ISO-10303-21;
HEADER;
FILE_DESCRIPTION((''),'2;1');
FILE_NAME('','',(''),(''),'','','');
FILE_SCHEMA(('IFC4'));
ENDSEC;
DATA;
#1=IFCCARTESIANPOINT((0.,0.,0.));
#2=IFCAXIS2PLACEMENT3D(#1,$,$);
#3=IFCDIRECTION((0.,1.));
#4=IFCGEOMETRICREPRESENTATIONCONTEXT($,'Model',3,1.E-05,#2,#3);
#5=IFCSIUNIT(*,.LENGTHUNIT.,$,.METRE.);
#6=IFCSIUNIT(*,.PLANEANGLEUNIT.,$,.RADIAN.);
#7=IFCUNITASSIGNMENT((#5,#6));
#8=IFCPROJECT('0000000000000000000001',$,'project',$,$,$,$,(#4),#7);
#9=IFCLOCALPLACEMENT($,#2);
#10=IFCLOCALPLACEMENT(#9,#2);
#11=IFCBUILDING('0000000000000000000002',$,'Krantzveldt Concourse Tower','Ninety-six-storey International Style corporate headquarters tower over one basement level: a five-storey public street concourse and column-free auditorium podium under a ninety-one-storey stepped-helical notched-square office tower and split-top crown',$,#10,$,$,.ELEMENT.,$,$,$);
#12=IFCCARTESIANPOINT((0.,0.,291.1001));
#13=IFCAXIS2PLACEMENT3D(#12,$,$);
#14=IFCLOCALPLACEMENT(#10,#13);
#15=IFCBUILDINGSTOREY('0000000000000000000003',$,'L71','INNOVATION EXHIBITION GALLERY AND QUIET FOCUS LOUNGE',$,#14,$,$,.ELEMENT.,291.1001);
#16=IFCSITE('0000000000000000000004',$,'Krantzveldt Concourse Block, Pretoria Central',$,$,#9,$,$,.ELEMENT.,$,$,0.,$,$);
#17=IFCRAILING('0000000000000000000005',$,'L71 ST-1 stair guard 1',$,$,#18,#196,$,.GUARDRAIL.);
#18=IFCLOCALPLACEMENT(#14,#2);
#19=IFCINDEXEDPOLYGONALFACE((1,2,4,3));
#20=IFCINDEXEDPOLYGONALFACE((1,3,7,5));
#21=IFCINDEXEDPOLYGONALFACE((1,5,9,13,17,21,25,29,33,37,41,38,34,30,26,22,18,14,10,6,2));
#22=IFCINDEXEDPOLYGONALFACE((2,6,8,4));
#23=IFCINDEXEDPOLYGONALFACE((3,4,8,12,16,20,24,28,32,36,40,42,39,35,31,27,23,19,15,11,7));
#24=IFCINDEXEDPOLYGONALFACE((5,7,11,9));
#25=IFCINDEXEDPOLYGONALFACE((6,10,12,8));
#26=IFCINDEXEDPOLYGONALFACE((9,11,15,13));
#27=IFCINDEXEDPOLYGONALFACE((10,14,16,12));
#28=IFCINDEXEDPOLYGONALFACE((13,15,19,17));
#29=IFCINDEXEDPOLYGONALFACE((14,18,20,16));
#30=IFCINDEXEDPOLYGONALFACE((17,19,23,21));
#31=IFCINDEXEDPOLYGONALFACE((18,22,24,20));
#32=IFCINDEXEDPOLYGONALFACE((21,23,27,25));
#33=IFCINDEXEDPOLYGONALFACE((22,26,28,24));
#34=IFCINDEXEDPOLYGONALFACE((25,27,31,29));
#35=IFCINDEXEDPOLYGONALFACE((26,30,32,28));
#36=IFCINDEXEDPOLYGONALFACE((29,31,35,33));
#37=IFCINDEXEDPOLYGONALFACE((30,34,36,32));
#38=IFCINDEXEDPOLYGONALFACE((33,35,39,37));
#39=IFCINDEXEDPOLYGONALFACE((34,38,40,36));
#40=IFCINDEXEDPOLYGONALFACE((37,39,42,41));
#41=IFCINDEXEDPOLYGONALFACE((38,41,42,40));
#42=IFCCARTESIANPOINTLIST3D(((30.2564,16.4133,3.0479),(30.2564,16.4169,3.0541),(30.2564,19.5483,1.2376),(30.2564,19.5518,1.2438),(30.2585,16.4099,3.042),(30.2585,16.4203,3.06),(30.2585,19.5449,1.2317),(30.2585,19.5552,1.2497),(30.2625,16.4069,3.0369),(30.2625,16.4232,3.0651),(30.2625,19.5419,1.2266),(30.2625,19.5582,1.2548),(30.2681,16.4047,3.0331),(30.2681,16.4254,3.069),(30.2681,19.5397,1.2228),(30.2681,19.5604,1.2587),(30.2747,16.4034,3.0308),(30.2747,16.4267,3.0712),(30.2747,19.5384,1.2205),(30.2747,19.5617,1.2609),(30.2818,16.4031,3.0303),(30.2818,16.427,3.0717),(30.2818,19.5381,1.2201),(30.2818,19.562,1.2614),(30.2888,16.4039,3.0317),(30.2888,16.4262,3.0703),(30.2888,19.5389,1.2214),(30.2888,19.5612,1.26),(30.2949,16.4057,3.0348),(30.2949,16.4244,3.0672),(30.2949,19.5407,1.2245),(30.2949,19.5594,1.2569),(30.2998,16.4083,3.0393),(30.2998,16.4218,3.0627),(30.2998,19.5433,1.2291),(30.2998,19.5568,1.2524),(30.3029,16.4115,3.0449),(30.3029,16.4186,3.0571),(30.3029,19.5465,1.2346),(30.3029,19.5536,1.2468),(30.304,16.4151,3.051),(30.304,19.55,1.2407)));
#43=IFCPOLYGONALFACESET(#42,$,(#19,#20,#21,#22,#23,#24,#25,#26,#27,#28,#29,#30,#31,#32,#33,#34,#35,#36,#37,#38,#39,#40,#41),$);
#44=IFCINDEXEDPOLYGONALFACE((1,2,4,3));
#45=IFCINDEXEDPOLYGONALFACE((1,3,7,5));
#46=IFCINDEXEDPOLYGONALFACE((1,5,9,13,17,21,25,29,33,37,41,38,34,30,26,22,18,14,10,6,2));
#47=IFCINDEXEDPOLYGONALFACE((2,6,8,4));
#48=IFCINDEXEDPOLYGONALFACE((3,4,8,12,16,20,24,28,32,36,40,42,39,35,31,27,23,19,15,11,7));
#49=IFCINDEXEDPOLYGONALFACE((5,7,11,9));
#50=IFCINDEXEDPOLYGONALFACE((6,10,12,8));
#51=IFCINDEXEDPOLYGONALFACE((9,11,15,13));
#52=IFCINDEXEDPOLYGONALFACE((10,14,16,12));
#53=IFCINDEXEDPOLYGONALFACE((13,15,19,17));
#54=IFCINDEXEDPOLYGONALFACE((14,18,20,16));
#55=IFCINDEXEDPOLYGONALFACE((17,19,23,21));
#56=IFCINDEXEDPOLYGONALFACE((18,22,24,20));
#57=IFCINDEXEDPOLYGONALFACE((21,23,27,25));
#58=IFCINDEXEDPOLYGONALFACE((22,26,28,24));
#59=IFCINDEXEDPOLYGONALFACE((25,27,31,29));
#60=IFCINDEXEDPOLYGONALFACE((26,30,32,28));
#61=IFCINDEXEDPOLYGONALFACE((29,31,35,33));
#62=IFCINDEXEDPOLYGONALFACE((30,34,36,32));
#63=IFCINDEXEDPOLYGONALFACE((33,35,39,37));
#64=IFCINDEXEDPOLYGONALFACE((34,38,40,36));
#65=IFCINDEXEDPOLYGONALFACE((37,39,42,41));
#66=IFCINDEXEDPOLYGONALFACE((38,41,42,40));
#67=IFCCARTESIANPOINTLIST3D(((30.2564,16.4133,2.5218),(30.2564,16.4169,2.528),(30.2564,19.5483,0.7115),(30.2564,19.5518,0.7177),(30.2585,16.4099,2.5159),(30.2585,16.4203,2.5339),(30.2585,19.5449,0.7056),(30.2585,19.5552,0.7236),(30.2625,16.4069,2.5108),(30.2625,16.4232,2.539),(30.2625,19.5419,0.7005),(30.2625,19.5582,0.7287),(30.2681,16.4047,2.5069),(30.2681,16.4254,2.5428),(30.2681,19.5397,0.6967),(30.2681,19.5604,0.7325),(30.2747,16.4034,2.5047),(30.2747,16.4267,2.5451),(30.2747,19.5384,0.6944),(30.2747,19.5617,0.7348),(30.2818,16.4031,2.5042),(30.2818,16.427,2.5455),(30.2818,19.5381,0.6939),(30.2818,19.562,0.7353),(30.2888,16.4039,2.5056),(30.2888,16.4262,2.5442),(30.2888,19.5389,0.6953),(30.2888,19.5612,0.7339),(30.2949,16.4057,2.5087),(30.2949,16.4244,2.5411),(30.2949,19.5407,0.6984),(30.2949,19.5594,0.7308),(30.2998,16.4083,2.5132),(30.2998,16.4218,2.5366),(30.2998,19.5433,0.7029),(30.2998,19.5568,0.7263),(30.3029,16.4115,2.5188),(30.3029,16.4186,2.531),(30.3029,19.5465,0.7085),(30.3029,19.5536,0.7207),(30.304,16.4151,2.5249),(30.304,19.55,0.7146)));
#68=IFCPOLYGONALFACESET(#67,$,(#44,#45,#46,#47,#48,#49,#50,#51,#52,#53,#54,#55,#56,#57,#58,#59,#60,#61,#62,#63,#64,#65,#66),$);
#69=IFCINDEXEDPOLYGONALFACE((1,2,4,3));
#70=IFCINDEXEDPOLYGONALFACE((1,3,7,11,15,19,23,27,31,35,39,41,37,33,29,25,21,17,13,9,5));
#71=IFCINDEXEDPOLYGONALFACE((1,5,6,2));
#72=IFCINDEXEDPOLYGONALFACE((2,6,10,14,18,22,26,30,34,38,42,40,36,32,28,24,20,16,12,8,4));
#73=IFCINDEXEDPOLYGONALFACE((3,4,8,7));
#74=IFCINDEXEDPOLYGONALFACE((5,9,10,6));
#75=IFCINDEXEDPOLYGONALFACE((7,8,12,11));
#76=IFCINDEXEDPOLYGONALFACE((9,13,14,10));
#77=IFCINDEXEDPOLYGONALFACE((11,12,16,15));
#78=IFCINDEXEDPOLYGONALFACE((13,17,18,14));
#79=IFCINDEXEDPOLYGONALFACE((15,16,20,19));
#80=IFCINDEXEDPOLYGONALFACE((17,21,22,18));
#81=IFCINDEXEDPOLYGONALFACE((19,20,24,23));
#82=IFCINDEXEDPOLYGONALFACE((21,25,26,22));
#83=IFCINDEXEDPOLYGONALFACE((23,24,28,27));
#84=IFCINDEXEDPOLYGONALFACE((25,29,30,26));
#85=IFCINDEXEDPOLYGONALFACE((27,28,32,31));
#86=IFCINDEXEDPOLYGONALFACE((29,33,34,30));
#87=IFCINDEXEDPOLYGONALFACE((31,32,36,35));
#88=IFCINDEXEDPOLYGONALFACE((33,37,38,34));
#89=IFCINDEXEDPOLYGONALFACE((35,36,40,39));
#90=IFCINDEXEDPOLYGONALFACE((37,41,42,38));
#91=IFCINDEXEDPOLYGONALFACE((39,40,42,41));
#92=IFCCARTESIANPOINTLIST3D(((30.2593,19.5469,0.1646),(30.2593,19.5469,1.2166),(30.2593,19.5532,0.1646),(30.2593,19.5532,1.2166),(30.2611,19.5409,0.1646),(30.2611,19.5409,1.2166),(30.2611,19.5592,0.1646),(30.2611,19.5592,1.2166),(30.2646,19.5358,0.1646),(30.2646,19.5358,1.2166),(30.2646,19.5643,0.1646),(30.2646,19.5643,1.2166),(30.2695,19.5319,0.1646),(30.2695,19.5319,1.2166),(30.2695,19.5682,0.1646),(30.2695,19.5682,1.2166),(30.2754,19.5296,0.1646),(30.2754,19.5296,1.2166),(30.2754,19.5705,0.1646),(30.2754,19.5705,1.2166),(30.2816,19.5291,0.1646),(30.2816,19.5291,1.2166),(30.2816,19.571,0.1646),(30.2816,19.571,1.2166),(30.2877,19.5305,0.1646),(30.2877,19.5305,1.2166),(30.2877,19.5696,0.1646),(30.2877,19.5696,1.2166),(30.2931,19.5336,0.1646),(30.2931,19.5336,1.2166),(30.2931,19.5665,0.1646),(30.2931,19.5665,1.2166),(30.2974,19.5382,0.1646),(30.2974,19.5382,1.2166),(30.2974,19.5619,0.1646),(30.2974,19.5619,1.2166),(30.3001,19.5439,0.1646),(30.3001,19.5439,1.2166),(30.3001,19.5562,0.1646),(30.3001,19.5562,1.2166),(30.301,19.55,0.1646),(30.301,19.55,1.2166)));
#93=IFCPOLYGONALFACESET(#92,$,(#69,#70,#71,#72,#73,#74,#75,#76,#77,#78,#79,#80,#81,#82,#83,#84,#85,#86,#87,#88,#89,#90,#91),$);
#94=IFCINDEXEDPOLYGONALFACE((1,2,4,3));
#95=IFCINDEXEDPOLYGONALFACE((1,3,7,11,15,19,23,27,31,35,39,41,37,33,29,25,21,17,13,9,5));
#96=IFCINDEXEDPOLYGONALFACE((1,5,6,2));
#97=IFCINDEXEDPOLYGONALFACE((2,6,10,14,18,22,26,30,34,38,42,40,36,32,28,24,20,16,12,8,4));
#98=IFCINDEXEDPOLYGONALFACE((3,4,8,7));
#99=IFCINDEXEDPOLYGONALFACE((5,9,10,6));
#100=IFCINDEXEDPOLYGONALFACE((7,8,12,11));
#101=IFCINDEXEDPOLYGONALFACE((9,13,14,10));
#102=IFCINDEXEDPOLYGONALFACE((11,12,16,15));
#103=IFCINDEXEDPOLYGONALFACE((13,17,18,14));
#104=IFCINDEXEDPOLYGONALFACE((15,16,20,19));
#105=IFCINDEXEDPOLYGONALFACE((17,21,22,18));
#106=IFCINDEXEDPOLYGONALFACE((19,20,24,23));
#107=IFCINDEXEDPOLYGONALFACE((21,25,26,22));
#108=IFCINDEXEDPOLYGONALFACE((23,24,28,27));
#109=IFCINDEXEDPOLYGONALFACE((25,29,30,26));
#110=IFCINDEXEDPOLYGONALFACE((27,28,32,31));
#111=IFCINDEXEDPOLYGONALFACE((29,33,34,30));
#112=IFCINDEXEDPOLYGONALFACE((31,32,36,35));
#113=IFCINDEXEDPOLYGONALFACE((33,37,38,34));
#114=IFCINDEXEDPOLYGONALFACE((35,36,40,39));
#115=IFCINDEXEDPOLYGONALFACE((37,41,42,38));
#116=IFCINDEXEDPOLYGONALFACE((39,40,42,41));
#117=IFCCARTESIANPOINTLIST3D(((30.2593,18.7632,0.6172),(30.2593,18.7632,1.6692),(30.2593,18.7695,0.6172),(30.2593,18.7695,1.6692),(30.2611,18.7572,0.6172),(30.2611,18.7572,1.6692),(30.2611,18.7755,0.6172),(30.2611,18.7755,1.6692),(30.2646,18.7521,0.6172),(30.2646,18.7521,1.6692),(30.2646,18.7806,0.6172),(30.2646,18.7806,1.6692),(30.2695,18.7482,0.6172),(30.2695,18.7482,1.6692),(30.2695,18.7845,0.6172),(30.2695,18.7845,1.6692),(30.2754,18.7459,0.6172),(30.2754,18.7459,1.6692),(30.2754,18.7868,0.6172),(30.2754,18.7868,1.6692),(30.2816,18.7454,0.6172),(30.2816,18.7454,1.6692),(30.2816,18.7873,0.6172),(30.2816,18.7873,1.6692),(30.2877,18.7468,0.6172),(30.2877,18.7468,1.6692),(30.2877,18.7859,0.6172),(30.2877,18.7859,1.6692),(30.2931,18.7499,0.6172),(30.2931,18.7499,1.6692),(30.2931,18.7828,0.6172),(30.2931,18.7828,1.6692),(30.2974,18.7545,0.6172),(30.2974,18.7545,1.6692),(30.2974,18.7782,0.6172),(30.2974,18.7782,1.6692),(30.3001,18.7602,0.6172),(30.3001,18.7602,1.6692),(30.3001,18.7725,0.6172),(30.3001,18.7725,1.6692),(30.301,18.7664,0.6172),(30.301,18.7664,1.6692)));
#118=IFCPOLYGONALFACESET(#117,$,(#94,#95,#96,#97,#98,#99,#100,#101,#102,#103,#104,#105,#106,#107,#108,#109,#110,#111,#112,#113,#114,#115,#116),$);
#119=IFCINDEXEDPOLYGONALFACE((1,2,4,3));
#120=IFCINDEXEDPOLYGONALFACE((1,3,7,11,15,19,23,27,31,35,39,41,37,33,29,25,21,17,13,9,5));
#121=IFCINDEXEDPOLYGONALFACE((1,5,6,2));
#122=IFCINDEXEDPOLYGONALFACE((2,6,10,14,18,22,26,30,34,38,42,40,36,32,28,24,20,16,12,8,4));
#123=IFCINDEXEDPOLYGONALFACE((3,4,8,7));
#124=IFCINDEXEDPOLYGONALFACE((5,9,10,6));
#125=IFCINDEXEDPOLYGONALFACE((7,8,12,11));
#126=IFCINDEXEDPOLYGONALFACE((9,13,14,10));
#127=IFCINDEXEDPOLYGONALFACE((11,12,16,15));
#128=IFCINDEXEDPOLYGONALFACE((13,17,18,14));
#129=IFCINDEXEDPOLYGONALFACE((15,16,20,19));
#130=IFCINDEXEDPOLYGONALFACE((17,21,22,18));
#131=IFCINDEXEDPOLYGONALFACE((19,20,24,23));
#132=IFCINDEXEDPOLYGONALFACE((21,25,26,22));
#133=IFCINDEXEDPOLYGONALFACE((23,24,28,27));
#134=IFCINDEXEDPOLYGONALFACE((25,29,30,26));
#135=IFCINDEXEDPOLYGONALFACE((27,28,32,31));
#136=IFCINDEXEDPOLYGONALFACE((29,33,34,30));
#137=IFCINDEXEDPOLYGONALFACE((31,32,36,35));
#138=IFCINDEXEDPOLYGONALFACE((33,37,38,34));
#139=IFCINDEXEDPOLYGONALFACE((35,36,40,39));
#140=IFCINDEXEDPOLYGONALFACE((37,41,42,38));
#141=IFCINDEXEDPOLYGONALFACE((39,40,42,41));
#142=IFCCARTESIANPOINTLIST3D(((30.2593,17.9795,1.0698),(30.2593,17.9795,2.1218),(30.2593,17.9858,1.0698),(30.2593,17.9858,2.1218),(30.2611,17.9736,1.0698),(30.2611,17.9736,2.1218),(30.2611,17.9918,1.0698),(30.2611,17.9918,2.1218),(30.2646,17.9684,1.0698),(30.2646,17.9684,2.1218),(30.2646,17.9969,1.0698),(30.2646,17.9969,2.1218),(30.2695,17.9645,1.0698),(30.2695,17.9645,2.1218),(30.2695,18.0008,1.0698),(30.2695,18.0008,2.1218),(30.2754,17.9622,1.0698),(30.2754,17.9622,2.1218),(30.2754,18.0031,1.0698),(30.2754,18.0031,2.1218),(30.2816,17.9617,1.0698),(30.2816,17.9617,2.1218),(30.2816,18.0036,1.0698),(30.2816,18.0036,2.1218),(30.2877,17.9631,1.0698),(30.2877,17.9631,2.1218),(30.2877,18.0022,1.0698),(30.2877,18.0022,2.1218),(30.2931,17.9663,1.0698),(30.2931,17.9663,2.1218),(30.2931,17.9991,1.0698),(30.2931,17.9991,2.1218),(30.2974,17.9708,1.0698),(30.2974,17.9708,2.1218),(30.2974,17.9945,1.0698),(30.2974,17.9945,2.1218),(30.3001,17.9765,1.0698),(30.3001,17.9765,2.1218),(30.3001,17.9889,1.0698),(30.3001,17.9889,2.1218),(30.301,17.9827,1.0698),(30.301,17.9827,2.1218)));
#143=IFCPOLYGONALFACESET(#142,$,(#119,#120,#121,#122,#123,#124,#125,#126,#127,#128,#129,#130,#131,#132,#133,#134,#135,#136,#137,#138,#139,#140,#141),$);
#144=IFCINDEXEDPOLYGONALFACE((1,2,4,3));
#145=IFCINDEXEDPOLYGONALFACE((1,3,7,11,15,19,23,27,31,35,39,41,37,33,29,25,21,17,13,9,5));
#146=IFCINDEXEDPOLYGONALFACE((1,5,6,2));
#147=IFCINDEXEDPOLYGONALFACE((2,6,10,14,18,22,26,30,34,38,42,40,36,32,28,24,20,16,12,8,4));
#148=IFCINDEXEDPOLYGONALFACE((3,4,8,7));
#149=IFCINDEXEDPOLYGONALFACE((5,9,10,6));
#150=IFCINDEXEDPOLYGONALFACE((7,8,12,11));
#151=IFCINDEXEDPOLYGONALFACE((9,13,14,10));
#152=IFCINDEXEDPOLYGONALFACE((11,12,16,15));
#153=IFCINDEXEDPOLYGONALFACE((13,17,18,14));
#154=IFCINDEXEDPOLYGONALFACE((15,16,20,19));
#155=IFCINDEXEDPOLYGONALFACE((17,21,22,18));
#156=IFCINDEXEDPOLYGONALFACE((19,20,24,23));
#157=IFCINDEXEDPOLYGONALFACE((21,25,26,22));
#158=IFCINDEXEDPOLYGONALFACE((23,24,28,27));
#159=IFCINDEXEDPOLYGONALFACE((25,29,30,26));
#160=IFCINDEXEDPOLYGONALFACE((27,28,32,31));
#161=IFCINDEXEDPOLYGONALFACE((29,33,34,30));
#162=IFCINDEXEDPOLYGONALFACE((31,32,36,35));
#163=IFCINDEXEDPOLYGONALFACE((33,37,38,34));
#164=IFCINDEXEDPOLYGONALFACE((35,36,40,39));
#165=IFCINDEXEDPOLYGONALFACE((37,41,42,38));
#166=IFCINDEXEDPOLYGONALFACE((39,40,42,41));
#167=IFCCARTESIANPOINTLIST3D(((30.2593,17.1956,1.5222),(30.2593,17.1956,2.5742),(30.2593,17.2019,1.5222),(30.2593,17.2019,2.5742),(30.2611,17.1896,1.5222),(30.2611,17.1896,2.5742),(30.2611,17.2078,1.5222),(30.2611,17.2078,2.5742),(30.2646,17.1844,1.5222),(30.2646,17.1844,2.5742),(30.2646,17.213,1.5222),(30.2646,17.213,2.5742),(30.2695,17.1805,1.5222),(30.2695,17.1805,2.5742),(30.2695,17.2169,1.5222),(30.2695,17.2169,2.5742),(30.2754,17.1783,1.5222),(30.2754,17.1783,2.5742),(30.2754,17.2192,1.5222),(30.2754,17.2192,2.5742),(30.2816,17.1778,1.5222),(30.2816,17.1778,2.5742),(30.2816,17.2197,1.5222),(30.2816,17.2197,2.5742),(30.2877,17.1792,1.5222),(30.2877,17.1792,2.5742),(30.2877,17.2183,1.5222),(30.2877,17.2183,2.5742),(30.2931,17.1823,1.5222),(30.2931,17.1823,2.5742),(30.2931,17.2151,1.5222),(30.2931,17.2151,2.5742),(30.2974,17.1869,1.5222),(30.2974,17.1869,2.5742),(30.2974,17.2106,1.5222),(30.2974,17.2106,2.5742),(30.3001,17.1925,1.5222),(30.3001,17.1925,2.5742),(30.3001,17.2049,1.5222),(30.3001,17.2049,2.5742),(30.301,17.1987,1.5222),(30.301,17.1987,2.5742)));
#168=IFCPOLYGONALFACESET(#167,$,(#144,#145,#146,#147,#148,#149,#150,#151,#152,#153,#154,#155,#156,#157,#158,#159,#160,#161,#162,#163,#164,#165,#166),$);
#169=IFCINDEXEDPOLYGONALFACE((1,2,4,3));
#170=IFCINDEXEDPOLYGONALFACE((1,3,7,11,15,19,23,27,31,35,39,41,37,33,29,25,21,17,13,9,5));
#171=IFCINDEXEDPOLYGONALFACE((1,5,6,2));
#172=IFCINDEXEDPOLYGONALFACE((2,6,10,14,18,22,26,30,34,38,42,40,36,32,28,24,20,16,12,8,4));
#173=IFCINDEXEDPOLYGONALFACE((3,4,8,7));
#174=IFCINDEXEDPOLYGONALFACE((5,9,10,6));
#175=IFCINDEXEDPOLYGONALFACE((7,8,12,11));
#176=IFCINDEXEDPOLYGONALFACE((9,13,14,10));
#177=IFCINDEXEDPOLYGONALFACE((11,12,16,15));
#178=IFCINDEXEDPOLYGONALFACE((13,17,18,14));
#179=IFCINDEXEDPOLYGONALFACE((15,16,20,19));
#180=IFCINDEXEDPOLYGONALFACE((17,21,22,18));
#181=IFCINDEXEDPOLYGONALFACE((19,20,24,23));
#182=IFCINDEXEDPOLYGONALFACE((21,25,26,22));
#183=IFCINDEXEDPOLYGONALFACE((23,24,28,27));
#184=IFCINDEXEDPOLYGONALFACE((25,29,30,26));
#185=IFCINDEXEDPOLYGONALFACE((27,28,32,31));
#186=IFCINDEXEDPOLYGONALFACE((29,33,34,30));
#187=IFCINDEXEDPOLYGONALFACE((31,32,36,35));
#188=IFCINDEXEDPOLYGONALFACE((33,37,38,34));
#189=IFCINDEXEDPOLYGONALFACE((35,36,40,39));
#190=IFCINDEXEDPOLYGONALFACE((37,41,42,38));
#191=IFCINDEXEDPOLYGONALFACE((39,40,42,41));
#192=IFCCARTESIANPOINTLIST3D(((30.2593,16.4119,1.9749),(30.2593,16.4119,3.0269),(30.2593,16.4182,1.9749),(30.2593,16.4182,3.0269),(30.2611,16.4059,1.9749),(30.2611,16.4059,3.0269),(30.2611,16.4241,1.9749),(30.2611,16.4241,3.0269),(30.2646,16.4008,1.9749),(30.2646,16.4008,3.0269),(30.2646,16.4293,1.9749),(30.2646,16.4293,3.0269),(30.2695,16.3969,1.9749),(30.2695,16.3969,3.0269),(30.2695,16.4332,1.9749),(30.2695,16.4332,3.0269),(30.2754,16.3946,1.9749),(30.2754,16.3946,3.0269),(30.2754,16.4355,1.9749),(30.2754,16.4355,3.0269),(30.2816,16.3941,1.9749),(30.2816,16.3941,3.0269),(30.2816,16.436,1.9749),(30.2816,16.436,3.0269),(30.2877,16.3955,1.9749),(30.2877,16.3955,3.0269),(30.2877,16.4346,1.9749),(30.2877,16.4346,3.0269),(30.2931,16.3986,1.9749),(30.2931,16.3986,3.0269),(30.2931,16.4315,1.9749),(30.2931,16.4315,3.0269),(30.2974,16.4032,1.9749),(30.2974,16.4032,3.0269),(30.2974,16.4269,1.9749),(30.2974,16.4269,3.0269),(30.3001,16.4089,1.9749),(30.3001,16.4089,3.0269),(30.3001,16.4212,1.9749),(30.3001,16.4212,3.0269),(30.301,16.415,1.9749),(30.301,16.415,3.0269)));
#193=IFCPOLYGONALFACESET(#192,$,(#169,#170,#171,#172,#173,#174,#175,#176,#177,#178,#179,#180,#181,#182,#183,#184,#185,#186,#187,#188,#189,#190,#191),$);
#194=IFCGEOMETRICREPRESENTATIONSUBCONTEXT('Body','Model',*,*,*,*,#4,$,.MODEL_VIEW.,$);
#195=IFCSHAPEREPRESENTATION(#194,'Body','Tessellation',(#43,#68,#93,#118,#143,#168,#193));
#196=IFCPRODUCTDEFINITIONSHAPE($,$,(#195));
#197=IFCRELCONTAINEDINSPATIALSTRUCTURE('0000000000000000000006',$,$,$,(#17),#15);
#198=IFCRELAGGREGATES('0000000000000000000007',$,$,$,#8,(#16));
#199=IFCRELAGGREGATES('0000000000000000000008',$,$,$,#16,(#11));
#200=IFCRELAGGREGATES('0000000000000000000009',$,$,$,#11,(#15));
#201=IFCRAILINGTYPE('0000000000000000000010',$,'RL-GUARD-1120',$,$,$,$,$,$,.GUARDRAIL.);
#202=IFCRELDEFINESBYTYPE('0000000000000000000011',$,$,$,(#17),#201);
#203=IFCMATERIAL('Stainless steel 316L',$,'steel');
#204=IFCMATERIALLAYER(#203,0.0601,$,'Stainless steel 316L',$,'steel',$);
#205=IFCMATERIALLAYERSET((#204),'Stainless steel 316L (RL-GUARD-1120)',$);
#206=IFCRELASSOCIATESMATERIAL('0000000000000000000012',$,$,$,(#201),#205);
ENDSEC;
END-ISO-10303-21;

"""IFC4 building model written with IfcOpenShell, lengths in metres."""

from ifc_helpers import new_model, si_unit, direction, frame, origin, origin_2d, place, context, subcontext, project, spatial, circle, extrude, material, layer, layer_set, type_object, element, save


model = new_model("IFC4")

# Units and contexts
model_context = context("Model", 3, precision=1e-05, world=origin(), true_north=direction((0.0, 1.0)))
body_context = subcontext(model_context, "Body", "Model", "MODEL_VIEW")
ifc_project = project(units=[si_unit("LENGTHUNIT", "METRE"), si_unit("PLANEANGLEUNIT", "RADIAN")], contexts=[model_context])

# Site, building, storey
site_placement = place(None, origin())
site = spatial("IfcSite", under=ifc_project, at=site_placement, Name="Krantzveldt Concourse Block, Pretoria Central", CompositionType="ELEMENT", RefElevation=0.0)
building_placement = place(site_placement, origin())
building = spatial("IfcBuilding", under=site, at=building_placement, Name="Krantzveldt Concourse Tower", Description="Ninety-six-storey International Style corporate headquarters tower over one basement level: a five-storey public street concourse and column-free auditorium podium under a ninety-one-storey stepped-helical notched-square office tower and split-top crown", CompositionType="ELEMENT")
storey_placement = place(building_placement, frame((0.0, 0.0, 291.1001)))
storey = spatial("IfcBuildingStorey", under=building, at=storey_placement, Name="L71", Description="INNOVATION EXHIBITION GALLERY AND QUIET FOCUS LOUNGE", CompositionType="ELEMENT", Elevation=291.1001)

# Railing
ifc_material_1 = material(Name="Stainless steel 316L", Category="steel")
ifc_layer_1 = layer(ifc_material_1, 0.0601, Name="Stainless steel 316L", Category="steel")
ifc_layer_set_1 = layer_set([ifc_layer_1], Name="Stainless steel 316L (RL-GUARD-1120)")
railing_type_1 = type_object("IfcRailingType", Name="RL-GUARD-1120", PredefinedType="GUARDRAIL", material=ifc_layer_set_1)
railing_1_placement = place(storey_placement, frame((30.28, 19.55, 0.1646)))
element("IfcRailing", 1, at=railing_1_placement, inside=storey, type_object=railing_type_1, Name="L71 ST-1 stair guard 1", PredefinedType="GUARDRAIL", context=body_context, shape_type="SweptSolid", body=[
    extrude(circle(Radius=0.0239, at=origin_2d()), frame((0.0, 0.0, 1.0762), z_axis=(0.0, -0.865989, 0.500063), x_axis=(1.0, 0.0, 0.0)), (0.0, 0.0, 1.0), 3.6201),
    extrude(circle(Radius=0.0239, at=origin_2d()), frame((0.0, 0.0, 0.55), z_axis=(0.0, -0.865989, 0.500063), x_axis=(1.0, 0.0, 0.0)), (0.0, 0.0, 1.0), 3.6201),
    extrude(circle(Radius=0.021, at=origin_2d()), origin(), (0.0, 0.0, 1.0), 1.052),
    extrude(circle(Radius=0.021, at=origin_2d()), frame((0.0, -0.7837, 0.4526)), (0.0, 0.0, 1.0), 1.052),
    extrude(circle(Radius=0.021, at=origin_2d()), frame((0.0, -1.5674, 0.9053)), (0.0, 0.0, 1.0), 1.052),
    extrude(circle(Radius=0.021, at=origin_2d()), frame((0.0, -2.3513, 1.3577)), (0.0, 0.0, 1.0), 1.052),
    extrude(circle(Radius=0.021, at=origin_2d()), frame((0.0, -3.135, 1.8103)), (0.0, 0.0, 1.0), 1.052),
])

save(model, "model.ifc")
